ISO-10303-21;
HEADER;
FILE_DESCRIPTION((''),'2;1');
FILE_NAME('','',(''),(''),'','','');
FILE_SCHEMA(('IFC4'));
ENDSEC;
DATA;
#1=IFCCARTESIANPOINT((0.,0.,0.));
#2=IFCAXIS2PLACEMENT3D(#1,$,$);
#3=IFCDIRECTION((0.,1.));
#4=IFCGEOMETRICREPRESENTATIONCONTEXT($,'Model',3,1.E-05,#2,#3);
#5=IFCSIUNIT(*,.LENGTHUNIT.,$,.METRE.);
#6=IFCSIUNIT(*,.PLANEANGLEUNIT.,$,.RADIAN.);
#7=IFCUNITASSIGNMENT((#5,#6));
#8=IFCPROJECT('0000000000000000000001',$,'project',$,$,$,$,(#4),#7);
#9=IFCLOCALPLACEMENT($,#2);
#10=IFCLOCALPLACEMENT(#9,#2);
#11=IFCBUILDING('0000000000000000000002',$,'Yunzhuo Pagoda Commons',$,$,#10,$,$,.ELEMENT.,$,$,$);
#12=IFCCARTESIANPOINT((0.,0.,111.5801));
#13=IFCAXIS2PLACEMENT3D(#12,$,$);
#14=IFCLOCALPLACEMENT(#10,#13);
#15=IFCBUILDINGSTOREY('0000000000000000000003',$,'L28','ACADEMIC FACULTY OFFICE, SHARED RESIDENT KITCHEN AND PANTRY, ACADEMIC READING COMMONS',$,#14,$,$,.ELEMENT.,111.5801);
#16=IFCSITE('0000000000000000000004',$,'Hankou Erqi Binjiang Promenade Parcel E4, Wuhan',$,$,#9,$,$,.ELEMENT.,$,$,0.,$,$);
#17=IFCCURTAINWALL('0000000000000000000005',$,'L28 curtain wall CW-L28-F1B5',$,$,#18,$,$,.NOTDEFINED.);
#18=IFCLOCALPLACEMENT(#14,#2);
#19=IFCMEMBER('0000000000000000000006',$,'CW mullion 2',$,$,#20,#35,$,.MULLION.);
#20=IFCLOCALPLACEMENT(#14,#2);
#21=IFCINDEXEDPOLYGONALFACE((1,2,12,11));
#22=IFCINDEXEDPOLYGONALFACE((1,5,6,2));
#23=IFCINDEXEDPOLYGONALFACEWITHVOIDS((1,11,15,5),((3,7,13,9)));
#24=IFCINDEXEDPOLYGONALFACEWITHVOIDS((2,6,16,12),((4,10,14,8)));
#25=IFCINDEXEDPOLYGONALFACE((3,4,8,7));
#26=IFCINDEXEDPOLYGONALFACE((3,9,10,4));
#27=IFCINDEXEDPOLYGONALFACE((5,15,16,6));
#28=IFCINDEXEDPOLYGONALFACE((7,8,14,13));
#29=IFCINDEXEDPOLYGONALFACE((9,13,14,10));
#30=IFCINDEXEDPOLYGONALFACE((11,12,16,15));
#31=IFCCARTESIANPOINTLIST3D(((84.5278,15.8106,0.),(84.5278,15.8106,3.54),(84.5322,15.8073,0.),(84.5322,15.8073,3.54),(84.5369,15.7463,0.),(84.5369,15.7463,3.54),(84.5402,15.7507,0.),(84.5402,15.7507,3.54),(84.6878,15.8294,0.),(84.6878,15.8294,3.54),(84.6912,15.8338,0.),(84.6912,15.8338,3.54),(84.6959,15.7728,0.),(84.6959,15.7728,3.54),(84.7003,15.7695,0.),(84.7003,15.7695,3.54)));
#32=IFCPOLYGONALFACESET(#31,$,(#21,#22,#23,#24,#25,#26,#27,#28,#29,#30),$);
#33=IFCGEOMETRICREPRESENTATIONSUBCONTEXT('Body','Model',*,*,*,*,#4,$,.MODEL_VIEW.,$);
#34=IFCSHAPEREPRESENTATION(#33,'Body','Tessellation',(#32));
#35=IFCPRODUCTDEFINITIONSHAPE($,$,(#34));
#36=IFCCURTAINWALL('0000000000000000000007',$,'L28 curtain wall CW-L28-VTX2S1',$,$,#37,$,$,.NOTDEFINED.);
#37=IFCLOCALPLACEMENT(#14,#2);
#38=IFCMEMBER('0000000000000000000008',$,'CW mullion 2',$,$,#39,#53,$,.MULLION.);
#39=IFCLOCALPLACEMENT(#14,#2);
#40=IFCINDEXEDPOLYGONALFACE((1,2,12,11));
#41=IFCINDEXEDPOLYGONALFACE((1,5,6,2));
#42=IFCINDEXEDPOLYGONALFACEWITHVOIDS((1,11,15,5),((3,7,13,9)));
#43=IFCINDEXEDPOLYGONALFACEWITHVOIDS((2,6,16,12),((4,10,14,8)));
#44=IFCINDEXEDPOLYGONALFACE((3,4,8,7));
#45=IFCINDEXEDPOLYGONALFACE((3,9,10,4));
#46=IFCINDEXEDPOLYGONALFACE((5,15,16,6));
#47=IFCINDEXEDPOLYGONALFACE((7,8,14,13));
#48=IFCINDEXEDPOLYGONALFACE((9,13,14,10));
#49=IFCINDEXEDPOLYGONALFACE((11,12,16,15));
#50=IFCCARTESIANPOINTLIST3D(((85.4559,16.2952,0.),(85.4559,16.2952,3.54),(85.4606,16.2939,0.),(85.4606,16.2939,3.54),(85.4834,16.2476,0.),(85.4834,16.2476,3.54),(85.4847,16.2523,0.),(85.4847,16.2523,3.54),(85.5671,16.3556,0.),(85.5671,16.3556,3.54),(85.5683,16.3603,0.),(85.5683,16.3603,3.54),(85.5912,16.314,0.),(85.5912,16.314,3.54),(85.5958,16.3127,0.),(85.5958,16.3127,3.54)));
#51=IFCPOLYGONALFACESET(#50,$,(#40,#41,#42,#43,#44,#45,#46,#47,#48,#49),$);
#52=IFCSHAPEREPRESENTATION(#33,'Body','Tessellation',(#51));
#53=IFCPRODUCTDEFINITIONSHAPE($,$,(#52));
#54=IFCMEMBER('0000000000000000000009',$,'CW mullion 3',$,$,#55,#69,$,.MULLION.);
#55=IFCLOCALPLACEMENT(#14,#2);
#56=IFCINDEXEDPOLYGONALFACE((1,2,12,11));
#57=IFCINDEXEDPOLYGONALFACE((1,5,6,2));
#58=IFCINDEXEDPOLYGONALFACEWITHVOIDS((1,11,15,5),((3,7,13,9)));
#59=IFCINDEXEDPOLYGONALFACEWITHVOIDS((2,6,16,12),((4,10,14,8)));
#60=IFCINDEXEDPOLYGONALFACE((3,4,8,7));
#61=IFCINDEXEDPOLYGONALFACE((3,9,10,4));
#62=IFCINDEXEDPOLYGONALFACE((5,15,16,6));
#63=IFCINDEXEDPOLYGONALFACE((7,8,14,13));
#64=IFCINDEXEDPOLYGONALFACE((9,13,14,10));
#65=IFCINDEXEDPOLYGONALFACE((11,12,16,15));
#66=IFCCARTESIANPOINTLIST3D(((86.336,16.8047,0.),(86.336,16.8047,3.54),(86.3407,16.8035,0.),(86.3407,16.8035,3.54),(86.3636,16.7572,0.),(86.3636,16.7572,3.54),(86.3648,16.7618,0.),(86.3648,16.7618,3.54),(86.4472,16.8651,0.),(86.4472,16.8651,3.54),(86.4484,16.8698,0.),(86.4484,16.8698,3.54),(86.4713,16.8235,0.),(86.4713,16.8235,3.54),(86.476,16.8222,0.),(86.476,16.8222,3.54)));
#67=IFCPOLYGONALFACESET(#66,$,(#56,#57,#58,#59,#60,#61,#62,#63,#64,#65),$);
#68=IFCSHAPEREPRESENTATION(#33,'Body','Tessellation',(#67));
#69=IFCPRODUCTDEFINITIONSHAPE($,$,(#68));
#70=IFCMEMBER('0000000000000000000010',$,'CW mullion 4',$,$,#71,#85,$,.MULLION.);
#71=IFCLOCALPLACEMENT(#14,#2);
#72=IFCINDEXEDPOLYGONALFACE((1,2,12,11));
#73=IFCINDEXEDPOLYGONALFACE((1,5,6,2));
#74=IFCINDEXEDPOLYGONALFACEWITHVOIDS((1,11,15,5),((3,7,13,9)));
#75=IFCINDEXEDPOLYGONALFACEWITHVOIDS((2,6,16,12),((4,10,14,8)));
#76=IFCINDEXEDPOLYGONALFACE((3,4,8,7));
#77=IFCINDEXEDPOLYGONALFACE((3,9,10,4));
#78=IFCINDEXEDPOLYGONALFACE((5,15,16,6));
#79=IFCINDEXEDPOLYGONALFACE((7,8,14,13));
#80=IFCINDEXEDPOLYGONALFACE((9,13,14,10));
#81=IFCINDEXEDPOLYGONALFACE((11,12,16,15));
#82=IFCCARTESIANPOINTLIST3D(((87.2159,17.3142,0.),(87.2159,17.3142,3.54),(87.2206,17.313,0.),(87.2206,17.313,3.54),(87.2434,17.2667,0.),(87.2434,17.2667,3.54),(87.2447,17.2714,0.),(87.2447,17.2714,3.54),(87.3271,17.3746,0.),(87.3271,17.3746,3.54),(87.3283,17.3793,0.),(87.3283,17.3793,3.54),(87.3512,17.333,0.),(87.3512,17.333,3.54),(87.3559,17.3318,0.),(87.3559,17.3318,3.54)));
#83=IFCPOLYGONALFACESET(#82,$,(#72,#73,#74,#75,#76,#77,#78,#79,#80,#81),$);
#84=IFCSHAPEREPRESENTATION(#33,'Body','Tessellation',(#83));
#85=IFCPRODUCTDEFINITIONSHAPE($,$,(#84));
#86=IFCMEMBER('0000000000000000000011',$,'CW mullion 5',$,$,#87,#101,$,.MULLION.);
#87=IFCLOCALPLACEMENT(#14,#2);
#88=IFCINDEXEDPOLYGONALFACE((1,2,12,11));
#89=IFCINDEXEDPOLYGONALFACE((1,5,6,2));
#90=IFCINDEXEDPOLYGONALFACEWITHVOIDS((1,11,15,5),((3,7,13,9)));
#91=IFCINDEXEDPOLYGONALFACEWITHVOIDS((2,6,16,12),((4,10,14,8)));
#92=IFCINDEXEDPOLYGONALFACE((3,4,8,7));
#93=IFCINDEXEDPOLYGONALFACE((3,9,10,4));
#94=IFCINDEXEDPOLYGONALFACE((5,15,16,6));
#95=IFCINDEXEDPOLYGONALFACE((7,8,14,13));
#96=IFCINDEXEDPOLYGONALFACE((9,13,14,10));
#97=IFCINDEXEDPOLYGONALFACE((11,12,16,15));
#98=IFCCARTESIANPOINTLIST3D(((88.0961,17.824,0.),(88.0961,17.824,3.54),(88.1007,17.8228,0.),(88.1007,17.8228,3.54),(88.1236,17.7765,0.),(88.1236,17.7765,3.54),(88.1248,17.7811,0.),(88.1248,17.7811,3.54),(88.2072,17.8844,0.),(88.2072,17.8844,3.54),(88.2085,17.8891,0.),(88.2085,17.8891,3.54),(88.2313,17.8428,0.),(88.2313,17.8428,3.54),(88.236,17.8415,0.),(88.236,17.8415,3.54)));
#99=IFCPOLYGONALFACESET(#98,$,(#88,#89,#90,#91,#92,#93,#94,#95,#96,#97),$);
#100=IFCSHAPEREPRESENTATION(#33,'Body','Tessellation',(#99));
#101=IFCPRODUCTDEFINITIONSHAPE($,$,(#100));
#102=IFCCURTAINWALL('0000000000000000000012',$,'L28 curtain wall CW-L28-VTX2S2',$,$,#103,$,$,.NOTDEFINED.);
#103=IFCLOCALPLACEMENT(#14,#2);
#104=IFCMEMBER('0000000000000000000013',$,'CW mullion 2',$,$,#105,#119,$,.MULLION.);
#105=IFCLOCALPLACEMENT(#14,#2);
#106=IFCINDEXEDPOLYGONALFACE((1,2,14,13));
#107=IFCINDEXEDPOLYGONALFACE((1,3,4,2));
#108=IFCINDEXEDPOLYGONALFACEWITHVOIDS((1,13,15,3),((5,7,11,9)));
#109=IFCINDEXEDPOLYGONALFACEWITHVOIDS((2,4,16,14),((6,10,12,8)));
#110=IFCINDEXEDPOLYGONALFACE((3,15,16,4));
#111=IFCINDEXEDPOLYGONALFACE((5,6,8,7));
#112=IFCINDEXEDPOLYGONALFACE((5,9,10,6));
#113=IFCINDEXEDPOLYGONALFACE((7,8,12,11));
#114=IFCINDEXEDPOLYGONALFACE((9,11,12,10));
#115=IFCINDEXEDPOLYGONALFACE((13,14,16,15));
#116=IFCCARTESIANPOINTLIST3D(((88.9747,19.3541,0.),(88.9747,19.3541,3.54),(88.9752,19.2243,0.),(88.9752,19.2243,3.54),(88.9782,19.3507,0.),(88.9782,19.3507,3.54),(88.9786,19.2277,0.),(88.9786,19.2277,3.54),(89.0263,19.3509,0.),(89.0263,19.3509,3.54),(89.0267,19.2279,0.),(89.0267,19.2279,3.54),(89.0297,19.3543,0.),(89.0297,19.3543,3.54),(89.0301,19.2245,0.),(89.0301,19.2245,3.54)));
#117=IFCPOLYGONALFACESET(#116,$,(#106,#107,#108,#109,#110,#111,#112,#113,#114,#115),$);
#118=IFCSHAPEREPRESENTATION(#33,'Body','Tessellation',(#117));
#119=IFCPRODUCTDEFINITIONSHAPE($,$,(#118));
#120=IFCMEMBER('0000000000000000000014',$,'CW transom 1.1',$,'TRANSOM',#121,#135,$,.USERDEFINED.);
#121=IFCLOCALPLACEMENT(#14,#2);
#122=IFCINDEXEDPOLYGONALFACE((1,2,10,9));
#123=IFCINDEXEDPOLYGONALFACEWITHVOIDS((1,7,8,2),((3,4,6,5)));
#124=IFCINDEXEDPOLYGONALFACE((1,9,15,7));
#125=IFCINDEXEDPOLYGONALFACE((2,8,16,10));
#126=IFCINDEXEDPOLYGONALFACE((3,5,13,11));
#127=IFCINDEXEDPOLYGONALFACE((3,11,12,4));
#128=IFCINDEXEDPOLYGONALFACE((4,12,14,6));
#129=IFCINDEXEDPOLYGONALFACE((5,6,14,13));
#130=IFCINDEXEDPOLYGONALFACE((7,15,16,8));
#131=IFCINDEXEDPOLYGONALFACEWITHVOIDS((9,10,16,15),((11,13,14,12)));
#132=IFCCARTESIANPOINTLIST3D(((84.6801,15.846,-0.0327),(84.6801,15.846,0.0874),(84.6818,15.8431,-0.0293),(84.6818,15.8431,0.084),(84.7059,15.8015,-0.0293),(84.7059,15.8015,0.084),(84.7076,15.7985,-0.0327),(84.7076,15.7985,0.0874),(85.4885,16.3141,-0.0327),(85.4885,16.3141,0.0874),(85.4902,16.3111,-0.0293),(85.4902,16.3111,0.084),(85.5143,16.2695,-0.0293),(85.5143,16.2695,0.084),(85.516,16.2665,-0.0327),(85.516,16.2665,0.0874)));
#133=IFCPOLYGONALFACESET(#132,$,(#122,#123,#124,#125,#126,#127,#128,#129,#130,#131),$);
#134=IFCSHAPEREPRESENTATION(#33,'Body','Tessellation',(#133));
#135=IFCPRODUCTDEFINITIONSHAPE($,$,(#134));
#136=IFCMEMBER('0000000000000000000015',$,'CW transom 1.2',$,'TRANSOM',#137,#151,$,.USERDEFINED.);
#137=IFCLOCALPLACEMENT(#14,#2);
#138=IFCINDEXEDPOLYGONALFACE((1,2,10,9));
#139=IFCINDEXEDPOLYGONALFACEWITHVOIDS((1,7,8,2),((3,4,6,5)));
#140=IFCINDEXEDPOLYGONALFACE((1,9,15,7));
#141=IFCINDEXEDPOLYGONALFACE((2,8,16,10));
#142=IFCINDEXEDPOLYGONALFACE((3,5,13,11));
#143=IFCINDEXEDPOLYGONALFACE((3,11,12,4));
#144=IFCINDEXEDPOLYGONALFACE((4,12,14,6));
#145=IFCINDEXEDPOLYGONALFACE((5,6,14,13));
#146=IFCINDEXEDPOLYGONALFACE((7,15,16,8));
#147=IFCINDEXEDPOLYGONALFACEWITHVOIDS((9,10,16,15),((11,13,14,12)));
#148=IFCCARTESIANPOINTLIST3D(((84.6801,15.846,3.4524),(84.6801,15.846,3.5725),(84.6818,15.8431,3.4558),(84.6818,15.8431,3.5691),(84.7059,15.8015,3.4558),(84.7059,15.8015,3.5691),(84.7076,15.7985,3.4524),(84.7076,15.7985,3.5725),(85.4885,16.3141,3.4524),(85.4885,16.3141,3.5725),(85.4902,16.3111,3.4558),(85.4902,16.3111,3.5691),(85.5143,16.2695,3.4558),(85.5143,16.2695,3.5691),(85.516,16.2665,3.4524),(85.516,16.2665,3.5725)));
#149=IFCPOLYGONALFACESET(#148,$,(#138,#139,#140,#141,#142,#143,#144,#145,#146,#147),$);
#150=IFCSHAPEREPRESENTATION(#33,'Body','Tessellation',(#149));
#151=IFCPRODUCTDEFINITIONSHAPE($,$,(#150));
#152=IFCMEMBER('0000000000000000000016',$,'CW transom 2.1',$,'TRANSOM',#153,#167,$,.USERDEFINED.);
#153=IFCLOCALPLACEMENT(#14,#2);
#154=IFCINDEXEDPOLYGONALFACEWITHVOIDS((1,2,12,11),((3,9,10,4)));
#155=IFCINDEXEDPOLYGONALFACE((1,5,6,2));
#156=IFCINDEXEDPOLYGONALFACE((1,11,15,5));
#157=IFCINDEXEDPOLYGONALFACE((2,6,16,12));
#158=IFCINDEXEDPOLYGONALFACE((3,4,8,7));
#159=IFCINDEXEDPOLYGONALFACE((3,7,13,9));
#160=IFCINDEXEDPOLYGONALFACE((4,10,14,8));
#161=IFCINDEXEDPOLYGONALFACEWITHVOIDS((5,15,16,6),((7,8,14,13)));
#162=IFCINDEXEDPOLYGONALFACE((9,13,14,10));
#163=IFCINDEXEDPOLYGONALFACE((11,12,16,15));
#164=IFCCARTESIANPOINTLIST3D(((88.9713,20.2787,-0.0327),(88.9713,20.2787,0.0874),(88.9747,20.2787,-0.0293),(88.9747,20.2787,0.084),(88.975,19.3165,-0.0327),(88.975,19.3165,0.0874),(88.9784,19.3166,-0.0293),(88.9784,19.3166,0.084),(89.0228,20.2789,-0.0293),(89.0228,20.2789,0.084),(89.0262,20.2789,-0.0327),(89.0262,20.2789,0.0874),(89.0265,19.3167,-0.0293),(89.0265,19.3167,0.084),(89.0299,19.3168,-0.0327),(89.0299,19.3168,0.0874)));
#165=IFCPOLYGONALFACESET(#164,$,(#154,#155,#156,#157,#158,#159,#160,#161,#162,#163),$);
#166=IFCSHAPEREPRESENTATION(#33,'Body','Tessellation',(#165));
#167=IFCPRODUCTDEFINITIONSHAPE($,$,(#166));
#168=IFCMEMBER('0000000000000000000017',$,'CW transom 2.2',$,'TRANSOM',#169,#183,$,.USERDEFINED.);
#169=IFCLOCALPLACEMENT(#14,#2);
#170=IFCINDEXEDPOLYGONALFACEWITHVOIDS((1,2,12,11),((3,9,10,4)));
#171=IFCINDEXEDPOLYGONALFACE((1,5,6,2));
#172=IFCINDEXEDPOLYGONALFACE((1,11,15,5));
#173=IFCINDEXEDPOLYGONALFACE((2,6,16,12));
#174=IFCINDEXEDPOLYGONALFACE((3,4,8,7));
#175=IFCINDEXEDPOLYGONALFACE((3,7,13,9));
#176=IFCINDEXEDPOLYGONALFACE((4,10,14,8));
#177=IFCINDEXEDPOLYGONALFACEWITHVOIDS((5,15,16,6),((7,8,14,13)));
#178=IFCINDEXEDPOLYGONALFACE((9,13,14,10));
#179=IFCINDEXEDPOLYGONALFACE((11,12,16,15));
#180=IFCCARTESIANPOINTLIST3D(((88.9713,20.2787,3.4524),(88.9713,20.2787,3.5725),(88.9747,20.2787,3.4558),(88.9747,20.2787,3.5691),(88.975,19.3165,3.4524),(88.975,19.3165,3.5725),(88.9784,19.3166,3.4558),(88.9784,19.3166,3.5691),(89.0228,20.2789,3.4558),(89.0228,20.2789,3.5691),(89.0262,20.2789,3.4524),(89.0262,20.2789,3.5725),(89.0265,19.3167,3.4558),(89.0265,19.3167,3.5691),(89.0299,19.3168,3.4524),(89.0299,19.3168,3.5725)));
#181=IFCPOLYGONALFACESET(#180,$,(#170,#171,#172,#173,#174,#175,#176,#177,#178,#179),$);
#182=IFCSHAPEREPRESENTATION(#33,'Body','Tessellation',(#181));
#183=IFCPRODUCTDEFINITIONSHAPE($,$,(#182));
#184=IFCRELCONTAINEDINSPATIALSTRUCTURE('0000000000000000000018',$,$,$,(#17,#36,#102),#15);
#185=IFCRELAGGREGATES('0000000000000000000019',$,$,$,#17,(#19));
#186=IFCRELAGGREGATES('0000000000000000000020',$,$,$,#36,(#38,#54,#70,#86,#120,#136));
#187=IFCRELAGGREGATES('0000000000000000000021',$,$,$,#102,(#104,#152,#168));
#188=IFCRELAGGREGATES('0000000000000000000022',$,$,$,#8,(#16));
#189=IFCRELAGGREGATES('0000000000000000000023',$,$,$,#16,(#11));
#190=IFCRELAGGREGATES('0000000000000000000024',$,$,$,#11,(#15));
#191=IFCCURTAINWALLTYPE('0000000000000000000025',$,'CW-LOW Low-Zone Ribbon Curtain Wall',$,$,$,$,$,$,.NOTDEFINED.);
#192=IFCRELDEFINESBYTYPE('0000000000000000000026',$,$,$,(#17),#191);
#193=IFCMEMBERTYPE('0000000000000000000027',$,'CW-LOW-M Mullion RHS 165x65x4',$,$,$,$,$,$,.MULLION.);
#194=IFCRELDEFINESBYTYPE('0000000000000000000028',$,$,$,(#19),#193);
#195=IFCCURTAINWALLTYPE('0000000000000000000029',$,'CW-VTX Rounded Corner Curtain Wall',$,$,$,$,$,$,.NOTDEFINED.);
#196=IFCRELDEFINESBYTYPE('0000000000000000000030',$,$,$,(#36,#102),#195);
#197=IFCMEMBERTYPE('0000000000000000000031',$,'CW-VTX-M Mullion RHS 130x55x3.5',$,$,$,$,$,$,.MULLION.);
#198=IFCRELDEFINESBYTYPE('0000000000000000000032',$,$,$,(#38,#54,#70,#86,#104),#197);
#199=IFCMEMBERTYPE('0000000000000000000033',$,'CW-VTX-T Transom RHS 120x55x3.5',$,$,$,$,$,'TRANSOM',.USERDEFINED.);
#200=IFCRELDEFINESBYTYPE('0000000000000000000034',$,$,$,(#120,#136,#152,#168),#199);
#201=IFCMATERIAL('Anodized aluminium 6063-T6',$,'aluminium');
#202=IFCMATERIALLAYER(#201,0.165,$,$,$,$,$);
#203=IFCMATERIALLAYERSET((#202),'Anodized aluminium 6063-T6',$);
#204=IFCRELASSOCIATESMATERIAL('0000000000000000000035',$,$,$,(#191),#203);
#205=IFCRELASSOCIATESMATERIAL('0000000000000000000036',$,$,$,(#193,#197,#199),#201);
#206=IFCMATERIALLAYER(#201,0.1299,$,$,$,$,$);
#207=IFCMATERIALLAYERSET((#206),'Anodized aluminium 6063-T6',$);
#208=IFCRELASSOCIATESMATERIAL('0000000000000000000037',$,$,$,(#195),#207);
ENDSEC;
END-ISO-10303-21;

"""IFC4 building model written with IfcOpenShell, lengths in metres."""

from ifc_helpers import new_model, si_unit, direction, frame, origin, origin_2d, place, context, subcontext, project, spatial, hollow_rectangle, extrude, source, transform, mapped, material, layer, layer_set, material_profile, profile_set, type_object, element, aggregate, save


model = new_model("IFC4")

# Units and contexts
model_context = context("Model", 3, precision=1e-05, world=origin(), true_north=direction((0.0, 1.0)))
body_context = subcontext(model_context, "Body", "Model", "MODEL_VIEW")
ifc_project = project(units=[si_unit("LENGTHUNIT", "METRE"), si_unit("PLANEANGLEUNIT", "RADIAN")], contexts=[model_context])

# Site, building, storey
site_placement = place(None, origin())
site = spatial("IfcSite", under=ifc_project, at=site_placement, Name="Hankou Erqi Binjiang Promenade Parcel E4, Wuhan", CompositionType="ELEMENT", RefElevation=0.0)
building_placement = place(site_placement, origin())
building = spatial("IfcBuilding", under=site, at=building_placement, Name="Yunzhuo Pagoda Commons", CompositionType="ELEMENT")
storey_placement = place(building_placement, frame((0.0, 0.0, 111.5801)))
storey = spatial("IfcBuildingStorey", under=building, at=storey_placement, Name="L28", Description="ACADEMIC FACULTY OFFICE, SHARED RESIDENT KITCHEN AND PANTRY, ACADEMIC READING COMMONS", CompositionType="ELEMENT", Elevation=111.5801)

# Curtain wall, member
ifc_material_1 = material(Name="Anodized aluminium 6063-T6", Category="aluminium")
ifc_layer_1 = layer(ifc_material_1, 0.165)
ifc_layer_set_1 = layer_set([ifc_layer_1], Name="Anodized aluminium 6063-T6")
curtain_wall_type_1 = type_object("IfcCurtainWallType", Name="CW-LOW Low-Zone Ribbon Curtain Wall", PredefinedType="NOTDEFINED", material=ifc_layer_set_1)
curtain_wall_1_placement = place(storey_placement, origin())
curtain_wall_1 = element("IfcCurtainWall", 1, at=curtain_wall_1_placement, inside=storey, type_object=curtain_wall_type_1, Name="L28 curtain wall CW-L28-F1B5", PredefinedType="NOTDEFINED")
ifc_material_profile_1 = material_profile(ifc_material_1, hollow_rectangle(XDim=0.0649, YDim=0.165, WallThickness=0.0039, at=origin_2d()), Name="Anodized aluminium 6063-T6")
ifc_profile_set_1 = profile_set([ifc_material_profile_1], Name="Anodized aluminium 6063-T6")
member_type_1 = type_object("IfcMemberType", Name="CW-LOW-M Mullion RHS 165x65x4", PredefinedType="MULLION", material=ifc_profile_set_1)
shared_shape_1 = source(origin(), body_context, "Body", "SweptSolid", [
    extrude(hollow_rectangle(XDim=0.0649, YDim=0.165, WallThickness=0.0039, at=origin_2d()), origin(), (0.0, 0.0, 1.0), 3.54),
])
member_1_placement = place(storey_placement, frame((84.614, 15.79, 0.0), z_axis=(0.0, 0.0, 1.0), x_axis=(-0.140408, 0.990094, 0.0)))
member_1 = element("IfcMember", 2, at=member_1_placement, type_object=member_type_1, Name="CW mullion 2", PredefinedType="MULLION", context=body_context, shape_type="MappedRepresentation", body=[
    mapped(shared_shape_1, transform((0.0, 0.0, 0.0), scale=1.0)),
])
aggregate(curtain_wall_1, [member_1])

# Curtain wall, members
ifc_layer_2 = layer(ifc_material_1, 0.1299)
ifc_layer_set_2 = layer_set([ifc_layer_2], Name="Anodized aluminium 6063-T6")
curtain_wall_type_2 = type_object("IfcCurtainWallType", Name="CW-VTX Rounded Corner Curtain Wall", PredefinedType="NOTDEFINED", material=ifc_layer_set_2)
curtain_wall_2_placement = place(storey_placement, origin())
curtain_wall_2 = element("IfcCurtainWall", 3, at=curtain_wall_2_placement, inside=storey, type_object=curtain_wall_type_2, Name="L28 curtain wall CW-L28-VTX2S1", PredefinedType="NOTDEFINED")
ifc_material_profile_2 = material_profile(ifc_material_1, hollow_rectangle(XDim=0.0549, YDim=0.1299, WallThickness=0.0034, at=origin_2d()), Name="Anodized aluminium 6063-T6")
ifc_profile_set_2 = profile_set([ifc_material_profile_2], Name="Anodized aluminium 6063-T6")
member_type_2 = type_object("IfcMemberType", Name="CW-VTX-M Mullion RHS 130x55x3.5", PredefinedType="MULLION", material=ifc_profile_set_2)
shared_shape_2 = source(origin(), body_context, "Body", "SweptSolid", [
    extrude(hollow_rectangle(XDim=0.0549, YDim=0.1299, WallThickness=0.0034, at=origin_2d()), origin(), (0.0, 0.0, 1.0), 3.54),
])
member_2_placement = place(storey_placement, frame((85.5259, 16.304, 0.0), z_axis=(0.0, 0.0, 1.0), x_axis=(-0.501032, 0.865429, 0.0)))
member_2 = element("IfcMember", 4, at=member_2_placement, type_object=member_type_2, Name="CW mullion 2", PredefinedType="MULLION", context=body_context, shape_type="MappedRepresentation", body=[
    mapped(shared_shape_2, transform((0.0, 0.0, 0.0), scale=1.0)),
])
member_3_placement = place(storey_placement, frame((86.406, 16.8135, 0.0), z_axis=(0.0, 0.0, 1.0), x_axis=(-0.501032, 0.865429, 0.0)))
member_3 = element("IfcMember", 5, at=member_3_placement, type_object=member_type_2, Name="CW mullion 3", PredefinedType="MULLION", context=body_context, shape_type="MappedRepresentation", body=[
    mapped(shared_shape_2, transform((0.0, 0.0, 0.0), scale=1.0)),
])
member_4_placement = place(storey_placement, frame((87.2859, 17.323, 0.0), z_axis=(0.0, 0.0, 1.0), x_axis=(-0.501032, 0.865429, 0.0)))
member_4 = element("IfcMember", 6, at=member_4_placement, type_object=member_type_2, Name="CW mullion 4", PredefinedType="MULLION", context=body_context, shape_type="MappedRepresentation", body=[
    mapped(shared_shape_2, transform((0.0, 0.0, 0.0), scale=1.0)),
])
member_5_placement = place(storey_placement, frame((88.166, 17.8328, 0.0), z_axis=(0.0, 0.0, 1.0), x_axis=(-0.501032, 0.865429, 0.0)))
member_5 = element("IfcMember", 7, at=member_5_placement, type_object=member_type_2, Name="CW mullion 5", PredefinedType="MULLION", context=body_context, shape_type="MappedRepresentation", body=[
    mapped(shared_shape_2, transform((0.0, 0.0, 0.0), scale=1.0)),
])

# Curtain wall, member
curtain_wall_3_placement = place(storey_placement, origin())
curtain_wall_3 = element("IfcCurtainWall", 8, at=curtain_wall_3_placement, inside=storey, type_object=curtain_wall_type_2, Name="L28 curtain wall CW-L28-VTX2S2", PredefinedType="NOTDEFINED")
member_6_placement = place(storey_placement, frame((89.0024, 19.2893, 0.0), z_axis=(0.0, 0.0, 1.0), x_axis=(-0.999994, -0.003599, 0.0)))
member_6 = element("IfcMember", 9, at=member_6_placement, type_object=member_type_2, Name="CW mullion 2", PredefinedType="MULLION", context=body_context, shape_type="MappedRepresentation", body=[
    mapped(shared_shape_2, transform((0.0, 0.0, 0.0), scale=1.0)),
])

# Members
ifc_material_profile_3 = material_profile(ifc_material_1, hollow_rectangle(XDim=0.0549, YDim=0.1201, WallThickness=0.0034, at=origin_2d()), Name="Anodized aluminium 6063-T6")
ifc_profile_set_3 = profile_set([ifc_material_profile_3], Name="Anodized aluminium 6063-T6")
member_type_3 = type_object("IfcMemberType", Name="CW-VTX-T Transom RHS 120x55x3.5", ElementType="TRANSOM", PredefinedType="USERDEFINED", material=ifc_profile_set_3)
shared_shape_3 = source(origin(), body_context, "Body", "SweptSolid", [
    extrude(hollow_rectangle(XDim=0.0549, YDim=0.1201, WallThickness=0.0034, at=origin_2d()), origin(), (0.0, 0.0, 1.0), 0.9341),
])
member_7_placement = place(storey_placement, frame((84.6938, 15.8223, 0.0273), z_axis=(0.865414, 0.501057, 0.0), x_axis=(-0.501057, 0.865414, 0.0)))
member_7 = element("IfcMember", 10, at=member_7_placement, type_object=member_type_3, Name="CW transom 1.1", ObjectType="TRANSOM", PredefinedType="USERDEFINED", context=body_context, shape_type="MappedRepresentation", body=[
    mapped(shared_shape_3, transform((0.0, 0.0, 0.0), scale=1.0)),
])
member_8_placement = place(storey_placement, frame((84.6938, 15.8223, 3.5125), z_axis=(0.865414, 0.501057, 0.0), x_axis=(-0.501057, 0.865414, 0.0)))
member_8 = element("IfcMember", 11, at=member_8_placement, type_object=member_type_3, Name="CW transom 1.2", ObjectType="TRANSOM", PredefinedType="USERDEFINED", context=body_context, shape_type="MappedRepresentation", body=[
    mapped(shared_shape_3, transform((0.0, 0.0, 0.0), scale=1.0)),
])
shared_shape_4 = source(origin(), body_context, "Body", "SweptSolid", [
    extrude(hollow_rectangle(XDim=0.0549, YDim=0.1201, WallThickness=0.0034, at=origin_2d()), origin(), (0.0, 0.0, 1.0), 0.9622),
])
member_9_placement = place(storey_placement, frame((89.0024, 19.3167, 0.0273), z_axis=(-0.003806, 0.999993, 0.0), x_axis=(-0.999993, -0.003806, 0.0)))
member_9 = element("IfcMember", 12, at=member_9_placement, type_object=member_type_3, Name="CW transom 2.1", ObjectType="TRANSOM", PredefinedType="USERDEFINED", context=body_context, shape_type="MappedRepresentation", body=[
    mapped(shared_shape_4, transform((0.0, 0.0, 0.0), scale=1.0)),
])
member_10_placement = place(storey_placement, frame((89.0024, 19.3167, 3.5125), z_axis=(-0.003806, 0.999993, 0.0), x_axis=(-0.999993, -0.003806, 0.0)))
member_10 = element("IfcMember", 13, at=member_10_placement, type_object=member_type_3, Name="CW transom 2.2", ObjectType="TRANSOM", PredefinedType="USERDEFINED", context=body_context, shape_type="MappedRepresentation", body=[
    mapped(shared_shape_4, transform((0.0, 0.0, 0.0), scale=1.0)),
])

aggregate(curtain_wall_2, [member_2, member_3, member_4, member_5, member_7, member_8])
aggregate(curtain_wall_3, [member_6, member_9, member_10])

save(model, "model.ifc")
